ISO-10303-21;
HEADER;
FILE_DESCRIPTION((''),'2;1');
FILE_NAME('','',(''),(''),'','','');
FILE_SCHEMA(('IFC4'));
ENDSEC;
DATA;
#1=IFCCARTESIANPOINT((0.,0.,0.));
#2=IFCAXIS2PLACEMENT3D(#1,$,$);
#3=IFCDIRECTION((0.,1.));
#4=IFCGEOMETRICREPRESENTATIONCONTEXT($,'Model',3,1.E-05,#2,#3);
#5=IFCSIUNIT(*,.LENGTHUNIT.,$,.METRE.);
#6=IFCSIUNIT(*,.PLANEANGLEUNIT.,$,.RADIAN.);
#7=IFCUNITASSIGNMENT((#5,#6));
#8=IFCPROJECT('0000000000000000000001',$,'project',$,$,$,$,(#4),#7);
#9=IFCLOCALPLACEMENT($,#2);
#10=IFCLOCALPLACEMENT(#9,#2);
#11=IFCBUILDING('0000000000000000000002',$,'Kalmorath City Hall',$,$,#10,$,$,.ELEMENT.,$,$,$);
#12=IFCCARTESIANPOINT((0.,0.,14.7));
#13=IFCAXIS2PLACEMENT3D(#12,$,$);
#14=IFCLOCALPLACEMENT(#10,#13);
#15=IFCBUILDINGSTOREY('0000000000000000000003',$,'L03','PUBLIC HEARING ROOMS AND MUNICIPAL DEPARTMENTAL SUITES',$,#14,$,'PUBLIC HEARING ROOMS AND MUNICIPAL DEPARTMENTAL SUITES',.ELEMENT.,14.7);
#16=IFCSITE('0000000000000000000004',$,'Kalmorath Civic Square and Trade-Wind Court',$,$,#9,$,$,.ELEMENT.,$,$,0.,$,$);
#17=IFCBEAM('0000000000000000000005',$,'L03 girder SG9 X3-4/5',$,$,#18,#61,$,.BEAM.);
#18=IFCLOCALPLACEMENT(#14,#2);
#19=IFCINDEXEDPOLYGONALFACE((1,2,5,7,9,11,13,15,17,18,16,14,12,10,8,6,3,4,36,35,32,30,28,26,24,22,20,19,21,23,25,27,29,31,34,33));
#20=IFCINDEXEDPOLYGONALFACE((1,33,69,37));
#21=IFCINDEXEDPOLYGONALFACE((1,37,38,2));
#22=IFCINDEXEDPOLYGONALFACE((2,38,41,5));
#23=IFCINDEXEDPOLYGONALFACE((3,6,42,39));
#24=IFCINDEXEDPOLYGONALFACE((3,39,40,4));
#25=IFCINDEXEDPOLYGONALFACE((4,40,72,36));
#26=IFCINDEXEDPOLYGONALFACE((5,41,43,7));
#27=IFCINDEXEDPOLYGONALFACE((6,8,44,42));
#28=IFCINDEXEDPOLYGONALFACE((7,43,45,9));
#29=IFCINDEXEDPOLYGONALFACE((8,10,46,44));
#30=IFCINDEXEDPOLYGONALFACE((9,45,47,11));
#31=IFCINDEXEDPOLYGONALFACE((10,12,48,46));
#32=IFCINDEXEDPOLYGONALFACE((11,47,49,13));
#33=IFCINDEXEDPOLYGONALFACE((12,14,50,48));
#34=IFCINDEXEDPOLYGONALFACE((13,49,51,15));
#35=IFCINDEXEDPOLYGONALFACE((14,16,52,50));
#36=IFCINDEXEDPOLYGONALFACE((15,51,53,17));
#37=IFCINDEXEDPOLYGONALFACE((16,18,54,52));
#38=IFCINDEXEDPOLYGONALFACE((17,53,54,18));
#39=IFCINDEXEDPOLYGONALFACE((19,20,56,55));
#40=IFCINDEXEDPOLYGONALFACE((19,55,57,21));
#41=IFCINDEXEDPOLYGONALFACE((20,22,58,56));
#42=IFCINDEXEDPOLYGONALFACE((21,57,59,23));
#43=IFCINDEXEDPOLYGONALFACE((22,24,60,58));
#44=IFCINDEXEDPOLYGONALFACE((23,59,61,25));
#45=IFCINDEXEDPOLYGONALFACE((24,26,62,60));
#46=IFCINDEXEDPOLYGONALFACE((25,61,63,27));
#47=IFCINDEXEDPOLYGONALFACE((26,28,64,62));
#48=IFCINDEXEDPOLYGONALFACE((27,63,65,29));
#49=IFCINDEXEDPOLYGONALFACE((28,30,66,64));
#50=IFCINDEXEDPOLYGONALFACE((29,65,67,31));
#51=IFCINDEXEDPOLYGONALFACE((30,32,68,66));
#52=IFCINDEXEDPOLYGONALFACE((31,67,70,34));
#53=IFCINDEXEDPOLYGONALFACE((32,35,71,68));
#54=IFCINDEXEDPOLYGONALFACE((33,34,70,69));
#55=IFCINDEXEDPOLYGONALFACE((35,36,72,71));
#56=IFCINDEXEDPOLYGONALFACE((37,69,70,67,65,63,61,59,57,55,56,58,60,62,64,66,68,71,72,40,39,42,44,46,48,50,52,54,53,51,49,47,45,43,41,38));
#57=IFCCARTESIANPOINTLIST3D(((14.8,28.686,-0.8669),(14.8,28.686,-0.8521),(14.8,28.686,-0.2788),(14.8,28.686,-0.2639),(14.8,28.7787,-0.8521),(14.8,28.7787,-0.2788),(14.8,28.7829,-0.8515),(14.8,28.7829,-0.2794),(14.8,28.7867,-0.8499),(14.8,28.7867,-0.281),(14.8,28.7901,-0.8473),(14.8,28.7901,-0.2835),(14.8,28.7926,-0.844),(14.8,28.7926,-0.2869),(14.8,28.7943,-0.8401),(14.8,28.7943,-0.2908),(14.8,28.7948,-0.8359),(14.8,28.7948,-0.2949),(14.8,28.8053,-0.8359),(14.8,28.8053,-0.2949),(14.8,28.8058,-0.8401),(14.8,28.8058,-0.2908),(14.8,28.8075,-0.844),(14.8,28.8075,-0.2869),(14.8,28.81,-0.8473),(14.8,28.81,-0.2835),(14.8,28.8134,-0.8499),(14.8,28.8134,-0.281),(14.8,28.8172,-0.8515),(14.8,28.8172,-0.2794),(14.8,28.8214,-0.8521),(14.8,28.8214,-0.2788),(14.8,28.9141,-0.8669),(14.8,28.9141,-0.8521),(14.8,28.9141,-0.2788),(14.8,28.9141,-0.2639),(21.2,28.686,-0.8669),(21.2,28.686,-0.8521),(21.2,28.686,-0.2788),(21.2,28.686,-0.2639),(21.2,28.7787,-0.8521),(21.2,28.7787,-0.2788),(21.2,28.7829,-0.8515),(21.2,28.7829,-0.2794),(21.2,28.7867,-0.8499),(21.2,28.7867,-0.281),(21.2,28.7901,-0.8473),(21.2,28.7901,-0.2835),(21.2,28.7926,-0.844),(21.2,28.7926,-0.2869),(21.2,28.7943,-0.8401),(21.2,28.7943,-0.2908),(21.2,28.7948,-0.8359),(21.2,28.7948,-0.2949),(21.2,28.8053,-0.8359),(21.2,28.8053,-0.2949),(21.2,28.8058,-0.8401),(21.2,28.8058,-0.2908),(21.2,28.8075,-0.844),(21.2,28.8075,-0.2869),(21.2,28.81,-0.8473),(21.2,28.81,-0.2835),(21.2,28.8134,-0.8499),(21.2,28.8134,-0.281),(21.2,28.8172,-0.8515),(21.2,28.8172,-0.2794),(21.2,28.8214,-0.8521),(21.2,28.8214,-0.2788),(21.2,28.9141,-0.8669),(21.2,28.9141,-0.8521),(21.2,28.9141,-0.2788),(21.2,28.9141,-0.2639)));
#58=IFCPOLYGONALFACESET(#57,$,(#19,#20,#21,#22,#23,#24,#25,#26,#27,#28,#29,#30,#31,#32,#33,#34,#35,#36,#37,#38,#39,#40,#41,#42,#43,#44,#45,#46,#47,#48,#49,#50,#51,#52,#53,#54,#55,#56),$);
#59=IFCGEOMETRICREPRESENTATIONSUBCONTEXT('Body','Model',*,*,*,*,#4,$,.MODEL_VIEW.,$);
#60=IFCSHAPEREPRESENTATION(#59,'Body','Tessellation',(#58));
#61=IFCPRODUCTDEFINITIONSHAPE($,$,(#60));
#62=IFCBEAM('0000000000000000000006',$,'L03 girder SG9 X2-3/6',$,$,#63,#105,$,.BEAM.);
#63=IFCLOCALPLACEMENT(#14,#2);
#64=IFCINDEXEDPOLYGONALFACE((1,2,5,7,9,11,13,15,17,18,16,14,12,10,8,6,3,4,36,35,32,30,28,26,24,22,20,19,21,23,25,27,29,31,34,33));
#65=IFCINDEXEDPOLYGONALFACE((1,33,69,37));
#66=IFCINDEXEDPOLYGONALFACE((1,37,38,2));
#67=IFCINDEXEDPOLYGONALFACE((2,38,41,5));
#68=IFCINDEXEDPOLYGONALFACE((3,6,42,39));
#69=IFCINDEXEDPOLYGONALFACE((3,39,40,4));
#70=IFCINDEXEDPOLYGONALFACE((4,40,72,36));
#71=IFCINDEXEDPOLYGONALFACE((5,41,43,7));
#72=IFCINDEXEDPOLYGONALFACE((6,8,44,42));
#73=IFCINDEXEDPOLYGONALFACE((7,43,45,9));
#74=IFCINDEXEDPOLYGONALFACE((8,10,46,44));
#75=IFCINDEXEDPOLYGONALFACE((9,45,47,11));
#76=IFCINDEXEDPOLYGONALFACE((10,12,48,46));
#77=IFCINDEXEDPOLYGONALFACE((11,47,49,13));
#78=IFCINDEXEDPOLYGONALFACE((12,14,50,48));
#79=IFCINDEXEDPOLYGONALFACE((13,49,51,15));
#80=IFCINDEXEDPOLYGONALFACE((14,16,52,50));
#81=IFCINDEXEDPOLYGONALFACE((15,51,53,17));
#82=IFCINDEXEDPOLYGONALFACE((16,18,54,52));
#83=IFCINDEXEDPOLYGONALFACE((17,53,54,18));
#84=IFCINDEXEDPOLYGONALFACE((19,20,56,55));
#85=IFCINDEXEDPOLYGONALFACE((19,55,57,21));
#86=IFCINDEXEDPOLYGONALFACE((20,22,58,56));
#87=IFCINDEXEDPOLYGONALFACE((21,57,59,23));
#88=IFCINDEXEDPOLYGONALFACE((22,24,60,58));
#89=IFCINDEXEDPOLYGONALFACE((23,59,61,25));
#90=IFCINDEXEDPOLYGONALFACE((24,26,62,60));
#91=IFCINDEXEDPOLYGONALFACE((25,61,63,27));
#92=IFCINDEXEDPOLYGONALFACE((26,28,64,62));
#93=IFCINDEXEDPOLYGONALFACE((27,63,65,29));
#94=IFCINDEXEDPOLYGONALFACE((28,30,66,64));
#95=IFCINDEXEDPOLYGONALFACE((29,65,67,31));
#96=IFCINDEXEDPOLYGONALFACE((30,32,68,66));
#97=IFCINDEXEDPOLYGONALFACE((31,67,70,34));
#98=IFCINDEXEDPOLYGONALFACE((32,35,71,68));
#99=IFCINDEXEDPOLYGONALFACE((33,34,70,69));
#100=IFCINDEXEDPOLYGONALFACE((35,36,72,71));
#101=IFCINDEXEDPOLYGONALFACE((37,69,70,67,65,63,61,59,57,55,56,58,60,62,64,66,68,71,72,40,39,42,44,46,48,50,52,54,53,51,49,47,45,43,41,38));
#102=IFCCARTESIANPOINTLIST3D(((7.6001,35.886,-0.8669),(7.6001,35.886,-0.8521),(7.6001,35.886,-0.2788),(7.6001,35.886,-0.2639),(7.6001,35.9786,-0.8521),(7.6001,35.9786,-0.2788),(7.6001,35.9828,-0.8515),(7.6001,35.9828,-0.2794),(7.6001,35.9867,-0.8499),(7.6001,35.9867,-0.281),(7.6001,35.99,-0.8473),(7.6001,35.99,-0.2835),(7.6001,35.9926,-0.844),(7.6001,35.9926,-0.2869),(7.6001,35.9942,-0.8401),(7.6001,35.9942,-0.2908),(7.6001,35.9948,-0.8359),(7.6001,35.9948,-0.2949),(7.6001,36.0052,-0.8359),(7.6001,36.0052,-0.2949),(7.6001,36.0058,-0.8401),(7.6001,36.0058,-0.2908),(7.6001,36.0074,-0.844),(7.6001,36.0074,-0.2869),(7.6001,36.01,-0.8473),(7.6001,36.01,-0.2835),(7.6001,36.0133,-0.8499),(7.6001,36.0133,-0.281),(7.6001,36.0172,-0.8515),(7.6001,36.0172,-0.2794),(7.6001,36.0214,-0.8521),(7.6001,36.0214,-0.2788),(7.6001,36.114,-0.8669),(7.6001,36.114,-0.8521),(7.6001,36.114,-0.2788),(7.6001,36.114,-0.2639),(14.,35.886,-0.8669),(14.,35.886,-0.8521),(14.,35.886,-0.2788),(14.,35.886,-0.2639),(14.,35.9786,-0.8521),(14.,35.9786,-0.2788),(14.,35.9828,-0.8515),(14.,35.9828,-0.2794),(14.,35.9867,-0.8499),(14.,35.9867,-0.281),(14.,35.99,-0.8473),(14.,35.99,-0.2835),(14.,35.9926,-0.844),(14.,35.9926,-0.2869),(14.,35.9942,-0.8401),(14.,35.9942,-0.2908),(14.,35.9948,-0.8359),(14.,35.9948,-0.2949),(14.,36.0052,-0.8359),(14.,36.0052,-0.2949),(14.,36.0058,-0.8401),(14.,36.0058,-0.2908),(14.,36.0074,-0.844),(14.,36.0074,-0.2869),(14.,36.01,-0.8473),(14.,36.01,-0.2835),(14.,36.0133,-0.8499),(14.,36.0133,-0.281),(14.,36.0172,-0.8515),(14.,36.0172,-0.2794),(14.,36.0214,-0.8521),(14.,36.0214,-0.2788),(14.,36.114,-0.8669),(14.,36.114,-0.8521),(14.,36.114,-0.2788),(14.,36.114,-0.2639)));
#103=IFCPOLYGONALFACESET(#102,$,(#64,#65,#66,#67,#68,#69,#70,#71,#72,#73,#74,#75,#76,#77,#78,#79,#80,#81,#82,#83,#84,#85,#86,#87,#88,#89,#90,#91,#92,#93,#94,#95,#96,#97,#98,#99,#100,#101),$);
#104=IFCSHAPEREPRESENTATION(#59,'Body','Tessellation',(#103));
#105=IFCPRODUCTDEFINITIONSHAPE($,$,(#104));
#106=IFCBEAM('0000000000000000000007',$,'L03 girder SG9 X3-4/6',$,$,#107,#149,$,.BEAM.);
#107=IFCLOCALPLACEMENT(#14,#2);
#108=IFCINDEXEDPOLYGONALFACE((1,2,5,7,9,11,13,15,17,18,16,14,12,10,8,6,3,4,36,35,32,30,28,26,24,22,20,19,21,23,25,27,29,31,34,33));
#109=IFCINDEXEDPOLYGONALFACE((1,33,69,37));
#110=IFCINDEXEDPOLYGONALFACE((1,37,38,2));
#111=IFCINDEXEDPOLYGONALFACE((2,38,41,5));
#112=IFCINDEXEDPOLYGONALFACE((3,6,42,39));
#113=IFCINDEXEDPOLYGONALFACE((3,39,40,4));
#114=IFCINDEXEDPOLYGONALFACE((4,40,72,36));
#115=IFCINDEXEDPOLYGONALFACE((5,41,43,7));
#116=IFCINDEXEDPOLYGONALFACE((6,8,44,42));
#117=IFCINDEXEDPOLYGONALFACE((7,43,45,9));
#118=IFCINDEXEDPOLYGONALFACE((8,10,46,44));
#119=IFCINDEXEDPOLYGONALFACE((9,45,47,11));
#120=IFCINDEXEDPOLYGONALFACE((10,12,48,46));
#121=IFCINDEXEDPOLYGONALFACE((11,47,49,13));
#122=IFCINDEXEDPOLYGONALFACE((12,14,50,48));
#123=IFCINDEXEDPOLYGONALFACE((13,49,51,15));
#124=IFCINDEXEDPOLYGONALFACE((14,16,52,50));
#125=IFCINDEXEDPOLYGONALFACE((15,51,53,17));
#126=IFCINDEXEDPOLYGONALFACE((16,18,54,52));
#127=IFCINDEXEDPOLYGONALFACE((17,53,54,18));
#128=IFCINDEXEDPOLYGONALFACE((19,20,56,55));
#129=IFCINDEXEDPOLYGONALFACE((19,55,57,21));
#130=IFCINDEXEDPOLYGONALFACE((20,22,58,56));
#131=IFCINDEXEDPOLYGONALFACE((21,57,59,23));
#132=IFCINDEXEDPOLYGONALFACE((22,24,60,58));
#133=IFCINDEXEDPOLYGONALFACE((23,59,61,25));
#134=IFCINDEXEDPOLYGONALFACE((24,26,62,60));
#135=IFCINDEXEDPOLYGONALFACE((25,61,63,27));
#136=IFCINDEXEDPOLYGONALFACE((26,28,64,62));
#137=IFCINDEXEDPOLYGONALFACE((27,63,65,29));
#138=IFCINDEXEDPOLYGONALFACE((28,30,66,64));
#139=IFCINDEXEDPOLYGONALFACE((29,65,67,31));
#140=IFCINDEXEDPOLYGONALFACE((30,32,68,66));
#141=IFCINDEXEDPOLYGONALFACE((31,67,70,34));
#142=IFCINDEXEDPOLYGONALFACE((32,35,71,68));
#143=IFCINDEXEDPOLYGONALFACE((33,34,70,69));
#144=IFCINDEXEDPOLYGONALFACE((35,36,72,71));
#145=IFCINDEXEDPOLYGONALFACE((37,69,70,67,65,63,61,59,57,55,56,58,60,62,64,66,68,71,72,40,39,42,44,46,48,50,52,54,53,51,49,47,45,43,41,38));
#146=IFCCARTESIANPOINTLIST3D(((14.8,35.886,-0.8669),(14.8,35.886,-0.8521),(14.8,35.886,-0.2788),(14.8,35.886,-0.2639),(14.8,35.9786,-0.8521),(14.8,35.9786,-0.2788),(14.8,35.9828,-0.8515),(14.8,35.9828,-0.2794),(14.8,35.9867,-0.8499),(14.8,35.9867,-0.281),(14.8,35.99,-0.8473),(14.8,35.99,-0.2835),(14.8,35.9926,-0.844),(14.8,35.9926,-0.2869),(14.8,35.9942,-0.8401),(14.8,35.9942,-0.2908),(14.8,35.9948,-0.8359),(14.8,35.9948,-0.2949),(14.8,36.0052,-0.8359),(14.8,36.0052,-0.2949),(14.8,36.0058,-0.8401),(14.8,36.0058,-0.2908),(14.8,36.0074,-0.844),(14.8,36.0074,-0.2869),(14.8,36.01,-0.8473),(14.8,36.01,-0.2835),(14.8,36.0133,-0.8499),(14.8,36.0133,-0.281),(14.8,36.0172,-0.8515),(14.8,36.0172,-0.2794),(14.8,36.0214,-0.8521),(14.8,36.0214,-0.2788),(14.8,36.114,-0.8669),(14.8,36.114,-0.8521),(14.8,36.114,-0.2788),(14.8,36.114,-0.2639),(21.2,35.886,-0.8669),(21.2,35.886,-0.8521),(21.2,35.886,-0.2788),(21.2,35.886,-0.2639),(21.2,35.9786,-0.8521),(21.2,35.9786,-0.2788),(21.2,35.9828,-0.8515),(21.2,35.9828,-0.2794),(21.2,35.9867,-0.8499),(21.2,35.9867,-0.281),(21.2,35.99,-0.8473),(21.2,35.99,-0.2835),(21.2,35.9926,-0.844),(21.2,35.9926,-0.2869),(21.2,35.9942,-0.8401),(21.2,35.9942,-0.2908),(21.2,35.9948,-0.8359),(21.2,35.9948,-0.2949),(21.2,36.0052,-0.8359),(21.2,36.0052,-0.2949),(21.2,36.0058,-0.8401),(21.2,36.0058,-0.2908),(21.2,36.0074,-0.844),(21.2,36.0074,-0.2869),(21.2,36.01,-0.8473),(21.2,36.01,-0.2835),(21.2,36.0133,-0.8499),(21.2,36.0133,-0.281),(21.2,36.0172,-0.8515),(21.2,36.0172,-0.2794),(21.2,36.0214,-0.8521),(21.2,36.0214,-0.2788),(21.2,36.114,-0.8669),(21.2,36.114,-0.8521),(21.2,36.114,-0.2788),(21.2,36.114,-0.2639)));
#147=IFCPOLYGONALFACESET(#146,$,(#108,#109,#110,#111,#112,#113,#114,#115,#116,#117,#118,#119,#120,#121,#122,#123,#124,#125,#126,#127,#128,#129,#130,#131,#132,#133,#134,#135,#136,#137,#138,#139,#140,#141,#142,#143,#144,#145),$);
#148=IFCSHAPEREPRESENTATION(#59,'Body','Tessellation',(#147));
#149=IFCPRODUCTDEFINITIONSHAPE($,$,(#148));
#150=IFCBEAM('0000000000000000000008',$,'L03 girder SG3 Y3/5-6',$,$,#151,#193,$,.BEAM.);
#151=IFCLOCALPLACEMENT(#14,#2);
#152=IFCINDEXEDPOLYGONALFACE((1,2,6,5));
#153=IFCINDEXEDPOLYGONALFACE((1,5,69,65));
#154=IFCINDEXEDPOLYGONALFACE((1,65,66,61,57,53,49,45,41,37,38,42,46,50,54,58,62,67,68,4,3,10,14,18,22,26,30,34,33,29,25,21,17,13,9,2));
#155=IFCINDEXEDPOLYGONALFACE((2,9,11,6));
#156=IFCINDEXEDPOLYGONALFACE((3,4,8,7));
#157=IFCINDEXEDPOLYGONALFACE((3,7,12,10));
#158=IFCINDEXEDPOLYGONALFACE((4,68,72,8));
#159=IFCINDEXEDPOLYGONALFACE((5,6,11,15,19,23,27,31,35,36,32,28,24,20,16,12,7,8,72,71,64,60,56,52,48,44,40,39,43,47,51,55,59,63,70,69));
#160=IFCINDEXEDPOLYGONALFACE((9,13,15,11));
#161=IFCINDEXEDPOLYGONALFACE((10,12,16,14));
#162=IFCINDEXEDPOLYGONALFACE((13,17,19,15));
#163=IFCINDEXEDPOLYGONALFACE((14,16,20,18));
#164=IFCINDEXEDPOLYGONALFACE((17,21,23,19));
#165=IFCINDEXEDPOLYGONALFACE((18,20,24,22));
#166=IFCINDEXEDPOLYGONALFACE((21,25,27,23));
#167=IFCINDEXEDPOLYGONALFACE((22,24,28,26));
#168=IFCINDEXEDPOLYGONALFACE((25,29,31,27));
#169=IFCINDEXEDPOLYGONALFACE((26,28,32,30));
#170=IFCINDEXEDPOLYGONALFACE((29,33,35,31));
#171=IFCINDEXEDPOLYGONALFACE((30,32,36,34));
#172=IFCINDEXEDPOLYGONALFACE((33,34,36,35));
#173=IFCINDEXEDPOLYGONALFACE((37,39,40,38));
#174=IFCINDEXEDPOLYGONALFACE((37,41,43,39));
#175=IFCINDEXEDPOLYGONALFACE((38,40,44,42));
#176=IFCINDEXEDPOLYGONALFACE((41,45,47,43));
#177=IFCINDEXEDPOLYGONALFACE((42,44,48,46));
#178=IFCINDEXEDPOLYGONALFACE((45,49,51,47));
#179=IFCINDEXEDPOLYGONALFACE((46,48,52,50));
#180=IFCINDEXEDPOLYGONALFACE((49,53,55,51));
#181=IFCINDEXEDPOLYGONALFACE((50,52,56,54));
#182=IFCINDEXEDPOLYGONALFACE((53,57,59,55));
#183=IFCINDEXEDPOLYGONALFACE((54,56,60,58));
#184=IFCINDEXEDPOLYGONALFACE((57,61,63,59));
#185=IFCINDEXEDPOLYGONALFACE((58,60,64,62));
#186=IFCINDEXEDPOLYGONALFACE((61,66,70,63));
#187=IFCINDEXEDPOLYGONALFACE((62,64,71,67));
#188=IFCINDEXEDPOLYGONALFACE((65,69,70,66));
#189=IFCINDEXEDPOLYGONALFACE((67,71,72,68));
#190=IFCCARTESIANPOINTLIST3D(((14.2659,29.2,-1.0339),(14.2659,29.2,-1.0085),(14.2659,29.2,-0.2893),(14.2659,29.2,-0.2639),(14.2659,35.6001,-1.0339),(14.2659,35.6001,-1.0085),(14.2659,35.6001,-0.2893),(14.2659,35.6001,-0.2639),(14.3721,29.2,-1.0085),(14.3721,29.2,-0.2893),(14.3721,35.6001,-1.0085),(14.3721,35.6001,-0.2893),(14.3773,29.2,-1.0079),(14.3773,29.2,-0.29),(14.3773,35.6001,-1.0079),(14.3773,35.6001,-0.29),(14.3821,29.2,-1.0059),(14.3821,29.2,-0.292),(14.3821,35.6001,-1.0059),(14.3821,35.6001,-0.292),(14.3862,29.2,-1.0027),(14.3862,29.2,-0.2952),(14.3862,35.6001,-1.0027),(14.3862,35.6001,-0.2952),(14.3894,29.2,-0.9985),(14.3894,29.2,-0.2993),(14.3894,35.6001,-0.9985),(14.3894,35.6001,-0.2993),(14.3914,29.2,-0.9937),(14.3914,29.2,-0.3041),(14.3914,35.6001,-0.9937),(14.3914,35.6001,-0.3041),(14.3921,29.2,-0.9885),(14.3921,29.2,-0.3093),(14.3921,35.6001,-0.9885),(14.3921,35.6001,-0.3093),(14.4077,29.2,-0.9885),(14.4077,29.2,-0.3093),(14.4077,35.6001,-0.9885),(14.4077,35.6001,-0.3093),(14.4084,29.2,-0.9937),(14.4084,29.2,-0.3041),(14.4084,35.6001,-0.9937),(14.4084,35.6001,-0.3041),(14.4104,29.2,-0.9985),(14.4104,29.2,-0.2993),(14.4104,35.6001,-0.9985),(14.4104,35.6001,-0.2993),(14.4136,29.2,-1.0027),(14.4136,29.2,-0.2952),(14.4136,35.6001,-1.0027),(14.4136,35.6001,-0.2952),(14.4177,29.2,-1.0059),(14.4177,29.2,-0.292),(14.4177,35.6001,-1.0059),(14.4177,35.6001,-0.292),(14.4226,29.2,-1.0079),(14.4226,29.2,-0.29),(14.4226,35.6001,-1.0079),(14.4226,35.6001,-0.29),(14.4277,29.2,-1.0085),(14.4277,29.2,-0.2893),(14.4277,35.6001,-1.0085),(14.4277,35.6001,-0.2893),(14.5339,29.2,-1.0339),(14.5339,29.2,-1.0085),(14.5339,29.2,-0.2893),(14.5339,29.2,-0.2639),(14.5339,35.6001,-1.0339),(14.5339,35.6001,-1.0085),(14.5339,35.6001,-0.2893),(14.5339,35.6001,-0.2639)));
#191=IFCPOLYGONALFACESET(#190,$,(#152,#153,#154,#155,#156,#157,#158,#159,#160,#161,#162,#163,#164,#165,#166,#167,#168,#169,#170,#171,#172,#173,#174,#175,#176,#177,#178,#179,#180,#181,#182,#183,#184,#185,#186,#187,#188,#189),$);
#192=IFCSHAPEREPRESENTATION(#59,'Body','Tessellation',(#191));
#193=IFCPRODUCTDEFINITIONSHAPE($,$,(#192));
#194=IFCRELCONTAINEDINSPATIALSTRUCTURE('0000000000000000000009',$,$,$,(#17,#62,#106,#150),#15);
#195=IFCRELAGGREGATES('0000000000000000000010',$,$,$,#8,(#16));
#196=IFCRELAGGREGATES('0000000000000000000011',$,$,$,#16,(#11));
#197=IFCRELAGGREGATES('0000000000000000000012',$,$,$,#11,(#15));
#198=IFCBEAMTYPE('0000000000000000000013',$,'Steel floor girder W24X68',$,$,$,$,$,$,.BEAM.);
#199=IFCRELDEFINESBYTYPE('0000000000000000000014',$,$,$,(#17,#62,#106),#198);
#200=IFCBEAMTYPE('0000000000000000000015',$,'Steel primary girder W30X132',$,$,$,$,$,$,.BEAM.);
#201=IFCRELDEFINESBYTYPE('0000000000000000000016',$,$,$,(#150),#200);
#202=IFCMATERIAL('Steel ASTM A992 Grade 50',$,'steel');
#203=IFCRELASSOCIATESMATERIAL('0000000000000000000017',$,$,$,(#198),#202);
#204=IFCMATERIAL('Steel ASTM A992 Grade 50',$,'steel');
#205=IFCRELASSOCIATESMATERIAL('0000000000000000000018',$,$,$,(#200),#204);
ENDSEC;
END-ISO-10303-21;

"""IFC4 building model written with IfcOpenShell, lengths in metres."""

from ifc_helpers import new_model, si_unit, direction, frame, origin, origin_2d, place, context, subcontext, project, spatial, i_section, extrude, material, material_profile, profile_set, type_object, element, save


model = new_model("IFC4")

# Units and contexts
model_context = context("Model", 3, precision=1e-05, world=origin(), true_north=direction((0.0, 1.0)))
body_context = subcontext(model_context, "Body", "Model", "MODEL_VIEW")
ifc_project = project(units=[si_unit("LENGTHUNIT", "METRE"), si_unit("PLANEANGLEUNIT", "RADIAN")], contexts=[model_context])

# Site, building, storey
site_placement = place(None, origin())
site = spatial("IfcSite", under=ifc_project, at=site_placement, Name="Kalmorath Civic Square and Trade-Wind Court", CompositionType="ELEMENT", RefElevation=0.0)
building_placement = place(site_placement, origin())
building = spatial("IfcBuilding", under=site, at=building_placement, Name="Kalmorath City Hall", CompositionType="ELEMENT")
storey_placement = place(building_placement, frame((0.0, 0.0, 14.7)))
storey = spatial("IfcBuildingStorey", under=building, at=storey_placement, Name="L03", Description="PUBLIC HEARING ROOMS AND MUNICIPAL DEPARTMENTAL SUITES", LongName="PUBLIC HEARING ROOMS AND MUNICIPAL DEPARTMENTAL SUITES", CompositionType="ELEMENT", Elevation=14.7)

# Beams
ifc_material_1 = material(Name="Steel ASTM A992 Grade 50", Category="steel")
ifc_material_profile_1 = material_profile(ifc_material_1, i_section(OverallWidth=0.228, OverallDepth=0.603, WebThickness=0.0105, FlangeThickness=0.0149, FilletRadius=0.0161, at=origin_2d()), Name="W24X68")
ifc_profile_set_1 = profile_set([ifc_material_profile_1], Name="Steel ASTM A992 Grade 50")
beam_type_1 = type_object("IfcBeamType", Name="Steel floor girder W24X68", PredefinedType="BEAM", material=ifc_profile_set_1)
for number, where, z_axis, x_axis, name in (
    (1, (14.8, 28.8, -0.5654), (1.0, 0.0, 0.0), (0.0, 1.0, 0.0), "L03 girder SG9 X3-4/5"),
    (2, (7.6001, 36.0, -0.5654), (1.0, 0.0, 0.0), (0.0, 1.0, 0.0), "L03 girder SG9 X2-3/6"),
    (3, (14.8, 36.0, -0.5654), (1.0, 0.0, 0.0), (0.0, 1.0, 0.0), "L03 girder SG9 X3-4/6"),
):
    element("IfcBeam", number, at=place(storey_placement, frame(where, z_axis=z_axis, x_axis=x_axis)), inside=storey, type_object=beam_type_1, Name=name, PredefinedType="BEAM", context=body_context, shape_type="SweptSolid", body=[
        extrude(i_section(OverallWidth=0.228, OverallDepth=0.603, WebThickness=0.0105, FlangeThickness=0.0149, FilletRadius=0.0161, at=origin_2d()), origin(), (0.0, 0.0, 1.0), 6.3999),
    ])
ifc_material_2 = material(Name="Steel ASTM A992 Grade 50", Category="steel")
ifc_material_profile_2 = material_profile(ifc_material_2, i_section(OverallWidth=0.2681, OverallDepth=0.77, WebThickness=0.0156, FlangeThickness=0.0254, FilletRadius=0.02, at=origin_2d()), Name="W30X132")
ifc_profile_set_2 = profile_set([ifc_material_profile_2], Name="Steel ASTM A992 Grade 50")
beam_type_2 = type_object("IfcBeamType", Name="Steel primary girder W30X132", PredefinedType="BEAM", material=ifc_profile_set_2)
for number, where, z_axis, x_axis, name in (
    (4, (14.3999, 29.2, -0.6489), (0.0, 1.0, 0.0), (-1.0, 0.0, 0.0), "L03 girder SG3 Y3/5-6"),
):
    element("IfcBeam", number, at=place(storey_placement, frame(where, z_axis=z_axis, x_axis=x_axis)), inside=storey, type_object=beam_type_2, Name=name, PredefinedType="BEAM", context=body_context, shape_type="SweptSolid", body=[
        extrude(i_section(OverallWidth=0.2681, OverallDepth=0.77, WebThickness=0.0156, FlangeThickness=0.0254, FilletRadius=0.02, at=origin_2d()), origin(), (0.0, 0.0, 1.0), 6.4001),
    ])

save(model, "model.ifc")
